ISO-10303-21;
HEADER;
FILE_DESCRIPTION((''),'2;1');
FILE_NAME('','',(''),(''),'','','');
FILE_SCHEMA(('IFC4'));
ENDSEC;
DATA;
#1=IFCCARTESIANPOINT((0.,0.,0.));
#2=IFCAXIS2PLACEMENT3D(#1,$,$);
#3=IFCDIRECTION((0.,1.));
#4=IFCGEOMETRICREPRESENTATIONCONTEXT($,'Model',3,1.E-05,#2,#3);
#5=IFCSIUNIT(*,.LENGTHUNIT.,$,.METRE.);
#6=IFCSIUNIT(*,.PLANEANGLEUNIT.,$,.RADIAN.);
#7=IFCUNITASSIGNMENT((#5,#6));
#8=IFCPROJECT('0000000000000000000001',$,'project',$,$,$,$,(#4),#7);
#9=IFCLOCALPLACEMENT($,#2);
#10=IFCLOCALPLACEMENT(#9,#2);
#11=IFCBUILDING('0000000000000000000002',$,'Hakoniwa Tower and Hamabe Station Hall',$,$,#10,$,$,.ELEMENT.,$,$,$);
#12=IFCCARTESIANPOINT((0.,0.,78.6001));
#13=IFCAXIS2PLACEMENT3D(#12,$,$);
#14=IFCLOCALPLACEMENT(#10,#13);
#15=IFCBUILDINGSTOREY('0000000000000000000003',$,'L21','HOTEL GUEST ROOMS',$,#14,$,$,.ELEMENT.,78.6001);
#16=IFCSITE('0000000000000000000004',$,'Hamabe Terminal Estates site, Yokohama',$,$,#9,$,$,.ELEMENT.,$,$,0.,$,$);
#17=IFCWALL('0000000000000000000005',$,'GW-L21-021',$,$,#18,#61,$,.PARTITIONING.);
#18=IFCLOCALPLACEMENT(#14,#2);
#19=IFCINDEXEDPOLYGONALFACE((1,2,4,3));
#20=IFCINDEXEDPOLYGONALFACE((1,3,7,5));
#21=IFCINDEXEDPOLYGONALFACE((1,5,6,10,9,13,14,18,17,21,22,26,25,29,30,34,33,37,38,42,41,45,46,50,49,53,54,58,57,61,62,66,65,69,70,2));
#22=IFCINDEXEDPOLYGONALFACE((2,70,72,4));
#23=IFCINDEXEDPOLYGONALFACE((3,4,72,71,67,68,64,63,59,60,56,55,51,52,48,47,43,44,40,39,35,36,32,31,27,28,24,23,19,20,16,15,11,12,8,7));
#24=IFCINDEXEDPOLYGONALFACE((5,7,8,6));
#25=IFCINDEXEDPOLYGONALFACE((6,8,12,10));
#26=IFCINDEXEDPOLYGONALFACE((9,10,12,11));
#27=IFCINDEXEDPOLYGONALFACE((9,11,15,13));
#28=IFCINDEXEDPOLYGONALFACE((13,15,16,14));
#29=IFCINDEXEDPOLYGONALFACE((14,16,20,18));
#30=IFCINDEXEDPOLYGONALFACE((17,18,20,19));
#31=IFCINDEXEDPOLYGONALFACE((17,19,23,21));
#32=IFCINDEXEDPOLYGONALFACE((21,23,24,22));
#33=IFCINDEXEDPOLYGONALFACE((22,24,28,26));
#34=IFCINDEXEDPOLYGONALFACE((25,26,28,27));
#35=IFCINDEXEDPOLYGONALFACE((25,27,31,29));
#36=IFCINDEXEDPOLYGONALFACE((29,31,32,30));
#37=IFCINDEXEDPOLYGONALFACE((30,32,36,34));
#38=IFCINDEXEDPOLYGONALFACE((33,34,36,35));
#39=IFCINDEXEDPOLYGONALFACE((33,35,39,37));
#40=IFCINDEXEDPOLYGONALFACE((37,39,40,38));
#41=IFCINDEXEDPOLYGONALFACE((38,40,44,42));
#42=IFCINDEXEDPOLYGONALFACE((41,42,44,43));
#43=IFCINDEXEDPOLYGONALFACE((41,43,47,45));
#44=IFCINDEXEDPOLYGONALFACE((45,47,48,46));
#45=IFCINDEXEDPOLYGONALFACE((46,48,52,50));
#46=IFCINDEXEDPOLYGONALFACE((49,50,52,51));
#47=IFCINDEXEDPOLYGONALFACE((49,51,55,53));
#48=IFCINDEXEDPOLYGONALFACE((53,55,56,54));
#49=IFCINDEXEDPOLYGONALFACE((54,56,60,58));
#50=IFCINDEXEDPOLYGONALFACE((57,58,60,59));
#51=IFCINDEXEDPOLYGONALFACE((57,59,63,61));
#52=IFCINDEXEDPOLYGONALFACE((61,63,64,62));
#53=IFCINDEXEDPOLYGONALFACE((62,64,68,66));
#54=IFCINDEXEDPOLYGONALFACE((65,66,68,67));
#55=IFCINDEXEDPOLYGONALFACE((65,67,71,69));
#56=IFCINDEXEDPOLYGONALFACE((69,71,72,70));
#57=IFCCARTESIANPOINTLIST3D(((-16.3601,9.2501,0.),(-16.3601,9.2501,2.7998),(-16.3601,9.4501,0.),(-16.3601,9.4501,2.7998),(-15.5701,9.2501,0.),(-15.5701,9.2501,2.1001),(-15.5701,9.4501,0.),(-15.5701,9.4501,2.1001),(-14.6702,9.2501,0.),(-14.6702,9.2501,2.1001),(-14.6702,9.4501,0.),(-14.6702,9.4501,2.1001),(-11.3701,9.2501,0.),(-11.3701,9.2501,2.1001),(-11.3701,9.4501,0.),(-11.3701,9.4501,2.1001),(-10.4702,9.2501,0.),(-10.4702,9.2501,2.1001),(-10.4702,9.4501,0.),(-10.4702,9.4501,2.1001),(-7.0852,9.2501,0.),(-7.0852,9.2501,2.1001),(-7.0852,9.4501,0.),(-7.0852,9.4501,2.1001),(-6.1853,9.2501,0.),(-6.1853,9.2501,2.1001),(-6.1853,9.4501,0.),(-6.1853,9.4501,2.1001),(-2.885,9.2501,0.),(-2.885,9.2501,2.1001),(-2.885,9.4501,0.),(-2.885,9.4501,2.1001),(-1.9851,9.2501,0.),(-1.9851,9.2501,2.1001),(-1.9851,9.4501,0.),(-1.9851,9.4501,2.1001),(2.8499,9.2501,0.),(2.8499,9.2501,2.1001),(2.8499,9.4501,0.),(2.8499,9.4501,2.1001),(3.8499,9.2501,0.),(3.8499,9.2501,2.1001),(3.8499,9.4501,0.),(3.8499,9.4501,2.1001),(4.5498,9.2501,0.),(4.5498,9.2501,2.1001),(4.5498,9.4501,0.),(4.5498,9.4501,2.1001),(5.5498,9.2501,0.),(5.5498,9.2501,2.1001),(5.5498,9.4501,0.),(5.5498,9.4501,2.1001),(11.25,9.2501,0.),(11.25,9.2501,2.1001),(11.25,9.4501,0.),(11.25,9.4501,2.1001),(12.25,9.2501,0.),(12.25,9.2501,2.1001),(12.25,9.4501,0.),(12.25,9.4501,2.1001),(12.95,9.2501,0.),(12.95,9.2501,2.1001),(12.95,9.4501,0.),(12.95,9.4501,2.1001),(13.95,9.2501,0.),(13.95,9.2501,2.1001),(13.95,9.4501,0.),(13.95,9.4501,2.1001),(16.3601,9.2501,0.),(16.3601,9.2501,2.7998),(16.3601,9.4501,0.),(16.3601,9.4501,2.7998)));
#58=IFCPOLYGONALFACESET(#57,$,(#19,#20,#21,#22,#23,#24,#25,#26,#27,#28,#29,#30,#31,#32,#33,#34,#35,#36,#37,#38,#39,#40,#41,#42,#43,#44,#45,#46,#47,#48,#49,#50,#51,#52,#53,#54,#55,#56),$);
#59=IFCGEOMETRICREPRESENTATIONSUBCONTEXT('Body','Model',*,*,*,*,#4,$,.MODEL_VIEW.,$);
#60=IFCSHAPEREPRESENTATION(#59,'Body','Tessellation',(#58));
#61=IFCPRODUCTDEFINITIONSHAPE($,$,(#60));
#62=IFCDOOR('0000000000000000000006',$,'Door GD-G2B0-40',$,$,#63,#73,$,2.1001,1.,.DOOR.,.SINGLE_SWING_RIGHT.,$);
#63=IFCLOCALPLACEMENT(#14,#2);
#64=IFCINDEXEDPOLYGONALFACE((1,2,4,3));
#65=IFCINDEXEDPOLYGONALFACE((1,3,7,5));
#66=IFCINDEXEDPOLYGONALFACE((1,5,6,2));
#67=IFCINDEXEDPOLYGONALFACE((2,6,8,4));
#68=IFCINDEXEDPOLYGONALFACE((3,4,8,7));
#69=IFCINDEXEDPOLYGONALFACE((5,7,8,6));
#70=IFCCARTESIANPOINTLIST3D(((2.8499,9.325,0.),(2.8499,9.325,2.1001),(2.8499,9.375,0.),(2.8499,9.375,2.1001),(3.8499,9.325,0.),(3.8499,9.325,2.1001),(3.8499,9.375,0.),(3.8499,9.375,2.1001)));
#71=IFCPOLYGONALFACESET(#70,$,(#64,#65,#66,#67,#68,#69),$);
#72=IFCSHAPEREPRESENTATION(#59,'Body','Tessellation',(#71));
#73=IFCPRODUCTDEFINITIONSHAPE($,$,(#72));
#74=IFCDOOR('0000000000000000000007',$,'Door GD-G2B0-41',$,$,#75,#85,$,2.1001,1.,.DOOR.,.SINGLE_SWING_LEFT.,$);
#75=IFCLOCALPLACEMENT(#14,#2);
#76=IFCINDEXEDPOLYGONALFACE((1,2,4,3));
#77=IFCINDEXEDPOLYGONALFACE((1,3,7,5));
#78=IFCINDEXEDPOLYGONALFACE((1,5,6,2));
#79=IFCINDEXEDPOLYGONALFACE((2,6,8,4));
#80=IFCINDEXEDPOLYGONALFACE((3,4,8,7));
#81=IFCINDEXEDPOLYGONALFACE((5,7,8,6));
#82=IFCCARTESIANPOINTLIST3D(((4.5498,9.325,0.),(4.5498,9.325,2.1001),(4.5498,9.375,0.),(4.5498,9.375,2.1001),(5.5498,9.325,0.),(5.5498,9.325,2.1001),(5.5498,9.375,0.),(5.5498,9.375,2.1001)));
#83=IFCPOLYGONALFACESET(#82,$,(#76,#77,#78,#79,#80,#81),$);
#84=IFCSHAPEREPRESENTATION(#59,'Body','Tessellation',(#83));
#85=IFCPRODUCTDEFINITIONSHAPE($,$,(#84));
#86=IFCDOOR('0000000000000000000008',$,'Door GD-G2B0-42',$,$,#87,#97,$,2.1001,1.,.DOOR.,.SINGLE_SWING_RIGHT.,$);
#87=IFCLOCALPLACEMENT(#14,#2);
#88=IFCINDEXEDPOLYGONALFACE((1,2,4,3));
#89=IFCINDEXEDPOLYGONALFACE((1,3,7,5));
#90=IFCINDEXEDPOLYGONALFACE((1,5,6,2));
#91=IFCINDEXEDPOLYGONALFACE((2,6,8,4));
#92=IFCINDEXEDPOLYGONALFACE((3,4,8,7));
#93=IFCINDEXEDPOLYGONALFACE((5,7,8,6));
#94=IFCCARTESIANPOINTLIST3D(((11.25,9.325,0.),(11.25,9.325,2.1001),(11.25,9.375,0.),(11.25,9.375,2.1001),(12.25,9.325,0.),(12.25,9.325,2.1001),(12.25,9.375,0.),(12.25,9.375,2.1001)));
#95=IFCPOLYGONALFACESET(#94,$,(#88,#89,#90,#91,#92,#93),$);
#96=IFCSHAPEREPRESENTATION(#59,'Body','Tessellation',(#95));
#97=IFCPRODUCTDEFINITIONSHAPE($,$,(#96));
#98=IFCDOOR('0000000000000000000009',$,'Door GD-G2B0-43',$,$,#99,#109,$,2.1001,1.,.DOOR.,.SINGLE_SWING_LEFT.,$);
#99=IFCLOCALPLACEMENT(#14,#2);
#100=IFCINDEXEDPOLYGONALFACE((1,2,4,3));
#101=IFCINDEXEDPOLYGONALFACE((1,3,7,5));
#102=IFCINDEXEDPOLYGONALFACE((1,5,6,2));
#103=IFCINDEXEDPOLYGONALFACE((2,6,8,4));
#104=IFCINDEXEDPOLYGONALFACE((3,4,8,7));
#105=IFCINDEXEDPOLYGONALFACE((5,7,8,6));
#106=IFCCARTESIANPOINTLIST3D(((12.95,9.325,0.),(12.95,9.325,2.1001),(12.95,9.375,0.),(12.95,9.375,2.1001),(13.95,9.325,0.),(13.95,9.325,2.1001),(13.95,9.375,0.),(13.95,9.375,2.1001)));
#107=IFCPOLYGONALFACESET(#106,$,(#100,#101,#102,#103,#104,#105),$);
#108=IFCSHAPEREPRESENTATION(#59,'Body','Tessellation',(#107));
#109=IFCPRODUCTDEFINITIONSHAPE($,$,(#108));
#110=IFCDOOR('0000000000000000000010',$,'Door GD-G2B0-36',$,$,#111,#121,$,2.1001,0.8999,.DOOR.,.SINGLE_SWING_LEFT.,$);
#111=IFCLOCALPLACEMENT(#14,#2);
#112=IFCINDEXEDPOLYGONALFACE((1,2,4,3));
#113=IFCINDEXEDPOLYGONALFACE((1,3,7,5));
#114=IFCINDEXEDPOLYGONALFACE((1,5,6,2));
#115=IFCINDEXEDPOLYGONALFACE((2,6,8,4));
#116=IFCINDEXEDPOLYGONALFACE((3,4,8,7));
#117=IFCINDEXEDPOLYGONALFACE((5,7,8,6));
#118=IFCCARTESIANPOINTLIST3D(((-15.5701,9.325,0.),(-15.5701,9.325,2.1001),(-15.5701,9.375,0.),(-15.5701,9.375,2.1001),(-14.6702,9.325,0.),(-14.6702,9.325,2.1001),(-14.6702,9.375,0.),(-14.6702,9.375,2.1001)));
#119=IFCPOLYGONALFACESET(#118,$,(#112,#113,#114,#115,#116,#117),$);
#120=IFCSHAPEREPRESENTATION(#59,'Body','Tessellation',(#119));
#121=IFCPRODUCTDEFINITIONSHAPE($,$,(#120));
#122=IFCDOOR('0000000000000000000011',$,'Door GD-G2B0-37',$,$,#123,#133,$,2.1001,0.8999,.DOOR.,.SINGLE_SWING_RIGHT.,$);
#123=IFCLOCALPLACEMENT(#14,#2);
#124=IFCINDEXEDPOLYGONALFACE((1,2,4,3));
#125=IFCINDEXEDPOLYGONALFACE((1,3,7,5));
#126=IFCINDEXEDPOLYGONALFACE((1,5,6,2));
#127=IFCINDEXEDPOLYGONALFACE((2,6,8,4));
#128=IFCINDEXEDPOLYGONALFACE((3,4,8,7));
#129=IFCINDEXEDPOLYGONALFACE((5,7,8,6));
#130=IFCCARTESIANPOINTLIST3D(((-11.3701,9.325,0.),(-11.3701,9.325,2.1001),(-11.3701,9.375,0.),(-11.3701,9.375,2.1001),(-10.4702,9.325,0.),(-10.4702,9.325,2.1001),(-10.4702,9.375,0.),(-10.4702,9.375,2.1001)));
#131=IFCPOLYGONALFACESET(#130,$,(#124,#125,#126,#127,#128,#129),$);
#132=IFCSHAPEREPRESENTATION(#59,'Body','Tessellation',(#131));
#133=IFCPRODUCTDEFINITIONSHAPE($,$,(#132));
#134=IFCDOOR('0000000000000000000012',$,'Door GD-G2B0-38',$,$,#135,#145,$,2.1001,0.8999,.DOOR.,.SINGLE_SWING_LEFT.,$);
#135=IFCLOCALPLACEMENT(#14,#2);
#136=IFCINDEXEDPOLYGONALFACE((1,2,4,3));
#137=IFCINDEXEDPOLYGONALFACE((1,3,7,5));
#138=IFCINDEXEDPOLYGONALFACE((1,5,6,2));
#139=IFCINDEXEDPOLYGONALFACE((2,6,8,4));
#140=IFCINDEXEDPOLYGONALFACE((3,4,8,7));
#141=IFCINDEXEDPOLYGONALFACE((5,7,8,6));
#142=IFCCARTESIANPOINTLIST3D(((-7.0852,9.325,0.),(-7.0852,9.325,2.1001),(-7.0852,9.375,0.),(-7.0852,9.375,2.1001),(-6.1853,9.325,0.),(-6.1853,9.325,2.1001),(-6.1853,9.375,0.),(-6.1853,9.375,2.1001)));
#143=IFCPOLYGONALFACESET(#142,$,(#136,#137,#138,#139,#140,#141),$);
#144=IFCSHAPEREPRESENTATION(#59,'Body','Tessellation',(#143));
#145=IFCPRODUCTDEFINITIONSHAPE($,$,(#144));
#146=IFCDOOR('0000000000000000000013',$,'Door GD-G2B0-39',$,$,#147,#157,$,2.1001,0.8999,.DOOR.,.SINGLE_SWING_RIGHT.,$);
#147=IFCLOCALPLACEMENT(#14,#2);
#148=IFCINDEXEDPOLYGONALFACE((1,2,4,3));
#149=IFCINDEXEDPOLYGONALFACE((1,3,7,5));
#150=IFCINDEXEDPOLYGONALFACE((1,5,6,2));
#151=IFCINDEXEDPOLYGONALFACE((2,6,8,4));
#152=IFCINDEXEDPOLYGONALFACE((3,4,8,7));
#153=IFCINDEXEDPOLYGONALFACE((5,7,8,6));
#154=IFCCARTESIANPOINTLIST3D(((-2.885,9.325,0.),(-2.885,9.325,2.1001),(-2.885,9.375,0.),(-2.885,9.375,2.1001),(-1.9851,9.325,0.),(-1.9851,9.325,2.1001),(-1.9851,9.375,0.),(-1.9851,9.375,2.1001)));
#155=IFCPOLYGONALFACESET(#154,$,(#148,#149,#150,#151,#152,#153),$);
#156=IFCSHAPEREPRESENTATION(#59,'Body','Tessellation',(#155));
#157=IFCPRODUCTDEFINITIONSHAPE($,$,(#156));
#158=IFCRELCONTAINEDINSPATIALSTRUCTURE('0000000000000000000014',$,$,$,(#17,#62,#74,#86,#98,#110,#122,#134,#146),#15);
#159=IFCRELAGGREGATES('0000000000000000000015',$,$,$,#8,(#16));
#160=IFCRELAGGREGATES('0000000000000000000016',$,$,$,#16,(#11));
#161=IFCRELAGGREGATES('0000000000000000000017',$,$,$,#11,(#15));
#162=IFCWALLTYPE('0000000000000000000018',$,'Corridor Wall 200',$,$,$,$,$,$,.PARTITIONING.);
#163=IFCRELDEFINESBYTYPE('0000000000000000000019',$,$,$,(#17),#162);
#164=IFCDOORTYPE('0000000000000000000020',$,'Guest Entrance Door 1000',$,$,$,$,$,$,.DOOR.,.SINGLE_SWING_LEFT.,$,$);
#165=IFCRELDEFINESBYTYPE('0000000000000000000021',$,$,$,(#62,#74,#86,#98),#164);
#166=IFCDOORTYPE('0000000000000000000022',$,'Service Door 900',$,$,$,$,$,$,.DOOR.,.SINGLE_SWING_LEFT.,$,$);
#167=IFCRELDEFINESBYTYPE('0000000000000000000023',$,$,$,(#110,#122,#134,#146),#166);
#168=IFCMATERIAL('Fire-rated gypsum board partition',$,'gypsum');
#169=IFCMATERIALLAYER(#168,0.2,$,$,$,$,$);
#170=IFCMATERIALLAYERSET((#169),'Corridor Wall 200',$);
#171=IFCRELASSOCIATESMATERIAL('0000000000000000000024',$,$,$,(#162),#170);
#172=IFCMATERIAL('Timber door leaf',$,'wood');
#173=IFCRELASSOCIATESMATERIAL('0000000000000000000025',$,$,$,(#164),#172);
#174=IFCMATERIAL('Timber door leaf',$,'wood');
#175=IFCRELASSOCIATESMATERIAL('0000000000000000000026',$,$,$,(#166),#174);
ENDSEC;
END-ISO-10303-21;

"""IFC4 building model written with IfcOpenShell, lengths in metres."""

from ifc_helpers import new_model, si_unit, direction, frame, frame_2d, origin, place, context, subcontext, project, spatial, rectangle, extrude, material, layer, layer_set, type_object, element, fill, save


model = new_model("IFC4")

# Units and contexts
model_context = context("Model", 3, precision=1e-05, world=origin(), true_north=direction((0.0, 1.0)))
body_context = subcontext(model_context, "Body", "Model", "MODEL_VIEW")
ifc_project = project(units=[si_unit("LENGTHUNIT", "METRE"), si_unit("PLANEANGLEUNIT", "RADIAN")], contexts=[model_context])

# Site, building, storey
site_placement = place(None, origin())
site = spatial("IfcSite", under=ifc_project, at=site_placement, Name="Hamabe Terminal Estates site, Yokohama", CompositionType="ELEMENT", RefElevation=0.0)
building_placement = place(site_placement, origin())
building = spatial("IfcBuilding", under=site, at=building_placement, Name="Hakoniwa Tower and Hamabe Station Hall", CompositionType="ELEMENT")
storey_placement = place(building_placement, frame((0.0, 0.0, 78.6001)))
storey = spatial("IfcBuildingStorey", under=building, at=storey_placement, Name="L21", Description="HOTEL GUEST ROOMS", CompositionType="ELEMENT", Elevation=78.6001)

# Wall, openings, doors
ifc_material_1 = material(Name="Fire-rated gypsum board partition", Category="gypsum")
ifc_layer_1 = layer(ifc_material_1, 0.2)
ifc_layer_set_1 = layer_set([ifc_layer_1], Name="Corridor Wall 200")
wall_type_1 = type_object("IfcWallType", Name="Corridor Wall 200", PredefinedType="PARTITIONING", material=ifc_layer_set_1)
wall_1_placement = place(storey_placement, frame((-16.3601, 9.3501, 0.0), z_axis=(0.0, 0.0, 1.0), x_axis=(1.0, 0.0, 0.0)))
wall_1 = element("IfcWall", 1, at=wall_1_placement, inside=storey, type_object=wall_type_1, Name="GW-L21-021", PredefinedType="PARTITIONING", context=body_context, shape_type="SweptSolid", body=[
    extrude(rectangle(XDim=32.7202, YDim=0.2, at=frame_2d((16.3601, 0.0))), origin(), (0.0, 0.0, 1.0), 2.7998),
])
opening_1_placement = place(wall_1_placement, frame((0.79, 0.0, 0.0)))
opening_1 = element("IfcOpeningElement", 2, at=opening_1_placement, cuts=wall_1, PredefinedType="OPENING", context=body_context, shape_type="SweptSolid", body=[
    extrude(rectangle(XDim=0.8999, YDim=2.1001, at=frame_2d((0.45, 1.05))), frame((0.0, 0.1099, 0.0), z_axis=(0.0, -1.0, 0.0), x_axis=(1.0, 0.0, 0.0)), (0.0, 0.0, 1.0), 0.22),
])
opening_2_placement = place(wall_1_placement, frame((4.99, 0.0, 0.0)))
opening_2 = element("IfcOpeningElement", 3, at=opening_2_placement, cuts=wall_1, PredefinedType="OPENING", context=body_context, shape_type="SweptSolid", body=[
    extrude(rectangle(XDim=0.8999, YDim=2.1001, at=frame_2d((0.45, 1.05))), frame((0.0, 0.1099, 0.0), z_axis=(0.0, -1.0, 0.0), x_axis=(1.0, 0.0, 0.0)), (0.0, 0.0, 1.0), 0.22),
])
opening_3_placement = place(wall_1_placement, frame((9.2749, 0.0, 0.0)))
opening_3 = element("IfcOpeningElement", 4, at=opening_3_placement, cuts=wall_1, PredefinedType="OPENING", context=body_context, shape_type="SweptSolid", body=[
    extrude(rectangle(XDim=0.8999, YDim=2.1001, at=frame_2d((0.45, 1.05))), frame((0.0, 0.1099, 0.0), z_axis=(0.0, -1.0, 0.0), x_axis=(1.0, 0.0, 0.0)), (0.0, 0.0, 1.0), 0.22),
])
opening_4_placement = place(wall_1_placement, frame((13.4751, 0.0, 0.0)))
opening_4 = element("IfcOpeningElement", 5, at=opening_4_placement, cuts=wall_1, PredefinedType="OPENING", context=body_context, shape_type="SweptSolid", body=[
    extrude(rectangle(XDim=0.8999, YDim=2.1001, at=frame_2d((0.45, 1.05))), frame((0.0, 0.1099, 0.0), z_axis=(0.0, -1.0, 0.0), x_axis=(1.0, 0.0, 0.0)), (0.0, 0.0, 1.0), 0.22),
])
opening_5_placement = place(wall_1_placement, frame((19.21, 0.0, 0.0)))
opening_5 = element("IfcOpeningElement", 6, at=opening_5_placement, cuts=wall_1, PredefinedType="OPENING", context=body_context, shape_type="SweptSolid", body=[
    extrude(rectangle(XDim=1.0, YDim=2.1001, at=frame_2d((0.5, 1.05))), frame((0.0, 0.1099, 0.0), z_axis=(0.0, -1.0, 0.0), x_axis=(1.0, 0.0, 0.0)), (0.0, 0.0, 1.0), 0.22),
])
opening_6_placement = place(wall_1_placement, frame((20.9099, 0.0, 0.0)))
opening_6 = element("IfcOpeningElement", 7, at=opening_6_placement, cuts=wall_1, PredefinedType="OPENING", context=body_context, shape_type="SweptSolid", body=[
    extrude(rectangle(XDim=1.0, YDim=2.1001, at=frame_2d((0.5, 1.05))), frame((0.0, 0.1099, 0.0), z_axis=(0.0, -1.0, 0.0), x_axis=(1.0, 0.0, 0.0)), (0.0, 0.0, 1.0), 0.22),
])
opening_7_placement = place(wall_1_placement, frame((27.6101, 0.0, 0.0)))
opening_7 = element("IfcOpeningElement", 8, at=opening_7_placement, cuts=wall_1, PredefinedType="OPENING", context=body_context, shape_type="SweptSolid", body=[
    extrude(rectangle(XDim=1.0, YDim=2.1001, at=frame_2d((0.5, 1.05))), frame((0.0, 0.1099, 0.0), z_axis=(0.0, -1.0, 0.0), x_axis=(1.0, 0.0, 0.0)), (0.0, 0.0, 1.0), 0.22),
])
opening_8_placement = place(wall_1_placement, frame((29.3101, 0.0, 0.0)))
opening_8 = element("IfcOpeningElement", 9, at=opening_8_placement, cuts=wall_1, PredefinedType="OPENING", context=body_context, shape_type="SweptSolid", body=[
    extrude(rectangle(XDim=1.0, YDim=2.1001, at=frame_2d((0.5, 1.05))), frame((0.0, 0.1099, 0.0), z_axis=(0.0, -1.0, 0.0), x_axis=(1.0, 0.0, 0.0)), (0.0, 0.0, 1.0), 0.22),
])
ifc_material_2 = material(Name="Timber door leaf", Category="wood")
door_type_1 = type_object("IfcDoorType", Name="Guest Entrance Door 1000", OperationType="SINGLE_SWING_LEFT", PredefinedType="DOOR", material=ifc_material_2)
door_1_placement = place(opening_5_placement, origin())
door_1 = element("IfcDoor", 10, at=door_1_placement, inside=storey, type_object=door_type_1, Name="Door GD-G2B0-40", OperationType="SINGLE_SWING_RIGHT", OverallHeight=2.1001, OverallWidth=1.0, PredefinedType="DOOR", context=body_context, shape_type="SweptSolid", body=[
    extrude(rectangle(XDim=1.0, YDim=2.1001, at=frame_2d((0.5, 1.05))), frame((0.0, 0.0249, 0.0), z_axis=(0.0, -1.0, 0.0), x_axis=(1.0, 0.0, 0.0)), (0.0, 0.0, 1.0), 0.05),
])
fill(opening_5, door_1)
door_2_placement = place(opening_6_placement, origin())
door_2 = element("IfcDoor", 11, at=door_2_placement, inside=storey, type_object=door_type_1, Name="Door GD-G2B0-41", OperationType="SINGLE_SWING_LEFT", OverallHeight=2.1001, OverallWidth=1.0, PredefinedType="DOOR", context=body_context, shape_type="SweptSolid", body=[
    extrude(rectangle(XDim=1.0, YDim=2.1001, at=frame_2d((0.5, 1.05))), frame((0.0, 0.0249, 0.0), z_axis=(0.0, -1.0, 0.0), x_axis=(1.0, 0.0, 0.0)), (0.0, 0.0, 1.0), 0.05),
])
fill(opening_6, door_2)
door_3_placement = place(opening_7_placement, origin())
door_3 = element("IfcDoor", 12, at=door_3_placement, inside=storey, type_object=door_type_1, Name="Door GD-G2B0-42", OperationType="SINGLE_SWING_RIGHT", OverallHeight=2.1001, OverallWidth=1.0, PredefinedType="DOOR", context=body_context, shape_type="SweptSolid", body=[
    extrude(rectangle(XDim=1.0, YDim=2.1001, at=frame_2d((0.5, 1.05))), frame((0.0, 0.0249, 0.0), z_axis=(0.0, -1.0, 0.0), x_axis=(1.0, 0.0, 0.0)), (0.0, 0.0, 1.0), 0.05),
])
fill(opening_7, door_3)
door_4_placement = place(opening_8_placement, origin())
door_4 = element("IfcDoor", 13, at=door_4_placement, inside=storey, type_object=door_type_1, Name="Door GD-G2B0-43", OperationType="SINGLE_SWING_LEFT", OverallHeight=2.1001, OverallWidth=1.0, PredefinedType="DOOR", context=body_context, shape_type="SweptSolid", body=[
    extrude(rectangle(XDim=1.0, YDim=2.1001, at=frame_2d((0.5, 1.05))), frame((0.0, 0.0249, 0.0), z_axis=(0.0, -1.0, 0.0), x_axis=(1.0, 0.0, 0.0)), (0.0, 0.0, 1.0), 0.05),
])
fill(opening_8, door_4)
ifc_material_3 = material(Name="Timber door leaf", Category="wood")
door_type_2 = type_object("IfcDoorType", Name="Service Door 900", OperationType="SINGLE_SWING_LEFT", PredefinedType="DOOR", material=ifc_material_3)
door_5_placement = place(opening_1_placement, origin())
door_5 = element("IfcDoor", 14, at=door_5_placement, inside=storey, type_object=door_type_2, Name="Door GD-G2B0-36", OperationType="SINGLE_SWING_LEFT", OverallHeight=2.1001, OverallWidth=0.8999, PredefinedType="DOOR", context=body_context, shape_type="SweptSolid", body=[
    extrude(rectangle(XDim=0.8999, YDim=2.1001, at=frame_2d((0.45, 1.05))), frame((0.0, 0.0249, 0.0), z_axis=(0.0, -1.0, 0.0), x_axis=(1.0, 0.0, 0.0)), (0.0, 0.0, 1.0), 0.05),
])
fill(opening_1, door_5)
door_6_placement = place(opening_2_placement, origin())
door_6 = element("IfcDoor", 15, at=door_6_placement, inside=storey, type_object=door_type_2, Name="Door GD-G2B0-37", OperationType="SINGLE_SWING_RIGHT", OverallHeight=2.1001, OverallWidth=0.8999, PredefinedType="DOOR", context=body_context, shape_type="SweptSolid", body=[
    extrude(rectangle(XDim=0.8999, YDim=2.1001, at=frame_2d((0.45, 1.05))), frame((0.0, 0.0249, 0.0), z_axis=(0.0, -1.0, 0.0), x_axis=(1.0, 0.0, 0.0)), (0.0, 0.0, 1.0), 0.05),
])
fill(opening_2, door_6)
door_7_placement = place(opening_3_placement, origin())
door_7 = element("IfcDoor", 16, at=door_7_placement, inside=storey, type_object=door_type_2, Name="Door GD-G2B0-38", OperationType="SINGLE_SWING_LEFT", OverallHeight=2.1001, OverallWidth=0.8999, PredefinedType="DOOR", context=body_context, shape_type="SweptSolid", body=[
    extrude(rectangle(XDim=0.8999, YDim=2.1001, at=frame_2d((0.45, 1.05))), frame((0.0, 0.0249, 0.0), z_axis=(0.0, -1.0, 0.0), x_axis=(1.0, 0.0, 0.0)), (0.0, 0.0, 1.0), 0.05),
])
fill(opening_3, door_7)
door_8_placement = place(opening_4_placement, origin())
door_8 = element("IfcDoor", 17, at=door_8_placement, inside=storey, type_object=door_type_2, Name="Door GD-G2B0-39", OperationType="SINGLE_SWING_RIGHT", OverallHeight=2.1001, OverallWidth=0.8999, PredefinedType="DOOR", context=body_context, shape_type="SweptSolid", body=[
    extrude(rectangle(XDim=0.8999, YDim=2.1001, at=frame_2d((0.45, 1.05))), frame((0.0, 0.0249, 0.0), z_axis=(0.0, -1.0, 0.0), x_axis=(1.0, 0.0, 0.0)), (0.0, 0.0, 1.0), 0.05),
])
fill(opening_4, door_8)

save(model, "model.ifc")
